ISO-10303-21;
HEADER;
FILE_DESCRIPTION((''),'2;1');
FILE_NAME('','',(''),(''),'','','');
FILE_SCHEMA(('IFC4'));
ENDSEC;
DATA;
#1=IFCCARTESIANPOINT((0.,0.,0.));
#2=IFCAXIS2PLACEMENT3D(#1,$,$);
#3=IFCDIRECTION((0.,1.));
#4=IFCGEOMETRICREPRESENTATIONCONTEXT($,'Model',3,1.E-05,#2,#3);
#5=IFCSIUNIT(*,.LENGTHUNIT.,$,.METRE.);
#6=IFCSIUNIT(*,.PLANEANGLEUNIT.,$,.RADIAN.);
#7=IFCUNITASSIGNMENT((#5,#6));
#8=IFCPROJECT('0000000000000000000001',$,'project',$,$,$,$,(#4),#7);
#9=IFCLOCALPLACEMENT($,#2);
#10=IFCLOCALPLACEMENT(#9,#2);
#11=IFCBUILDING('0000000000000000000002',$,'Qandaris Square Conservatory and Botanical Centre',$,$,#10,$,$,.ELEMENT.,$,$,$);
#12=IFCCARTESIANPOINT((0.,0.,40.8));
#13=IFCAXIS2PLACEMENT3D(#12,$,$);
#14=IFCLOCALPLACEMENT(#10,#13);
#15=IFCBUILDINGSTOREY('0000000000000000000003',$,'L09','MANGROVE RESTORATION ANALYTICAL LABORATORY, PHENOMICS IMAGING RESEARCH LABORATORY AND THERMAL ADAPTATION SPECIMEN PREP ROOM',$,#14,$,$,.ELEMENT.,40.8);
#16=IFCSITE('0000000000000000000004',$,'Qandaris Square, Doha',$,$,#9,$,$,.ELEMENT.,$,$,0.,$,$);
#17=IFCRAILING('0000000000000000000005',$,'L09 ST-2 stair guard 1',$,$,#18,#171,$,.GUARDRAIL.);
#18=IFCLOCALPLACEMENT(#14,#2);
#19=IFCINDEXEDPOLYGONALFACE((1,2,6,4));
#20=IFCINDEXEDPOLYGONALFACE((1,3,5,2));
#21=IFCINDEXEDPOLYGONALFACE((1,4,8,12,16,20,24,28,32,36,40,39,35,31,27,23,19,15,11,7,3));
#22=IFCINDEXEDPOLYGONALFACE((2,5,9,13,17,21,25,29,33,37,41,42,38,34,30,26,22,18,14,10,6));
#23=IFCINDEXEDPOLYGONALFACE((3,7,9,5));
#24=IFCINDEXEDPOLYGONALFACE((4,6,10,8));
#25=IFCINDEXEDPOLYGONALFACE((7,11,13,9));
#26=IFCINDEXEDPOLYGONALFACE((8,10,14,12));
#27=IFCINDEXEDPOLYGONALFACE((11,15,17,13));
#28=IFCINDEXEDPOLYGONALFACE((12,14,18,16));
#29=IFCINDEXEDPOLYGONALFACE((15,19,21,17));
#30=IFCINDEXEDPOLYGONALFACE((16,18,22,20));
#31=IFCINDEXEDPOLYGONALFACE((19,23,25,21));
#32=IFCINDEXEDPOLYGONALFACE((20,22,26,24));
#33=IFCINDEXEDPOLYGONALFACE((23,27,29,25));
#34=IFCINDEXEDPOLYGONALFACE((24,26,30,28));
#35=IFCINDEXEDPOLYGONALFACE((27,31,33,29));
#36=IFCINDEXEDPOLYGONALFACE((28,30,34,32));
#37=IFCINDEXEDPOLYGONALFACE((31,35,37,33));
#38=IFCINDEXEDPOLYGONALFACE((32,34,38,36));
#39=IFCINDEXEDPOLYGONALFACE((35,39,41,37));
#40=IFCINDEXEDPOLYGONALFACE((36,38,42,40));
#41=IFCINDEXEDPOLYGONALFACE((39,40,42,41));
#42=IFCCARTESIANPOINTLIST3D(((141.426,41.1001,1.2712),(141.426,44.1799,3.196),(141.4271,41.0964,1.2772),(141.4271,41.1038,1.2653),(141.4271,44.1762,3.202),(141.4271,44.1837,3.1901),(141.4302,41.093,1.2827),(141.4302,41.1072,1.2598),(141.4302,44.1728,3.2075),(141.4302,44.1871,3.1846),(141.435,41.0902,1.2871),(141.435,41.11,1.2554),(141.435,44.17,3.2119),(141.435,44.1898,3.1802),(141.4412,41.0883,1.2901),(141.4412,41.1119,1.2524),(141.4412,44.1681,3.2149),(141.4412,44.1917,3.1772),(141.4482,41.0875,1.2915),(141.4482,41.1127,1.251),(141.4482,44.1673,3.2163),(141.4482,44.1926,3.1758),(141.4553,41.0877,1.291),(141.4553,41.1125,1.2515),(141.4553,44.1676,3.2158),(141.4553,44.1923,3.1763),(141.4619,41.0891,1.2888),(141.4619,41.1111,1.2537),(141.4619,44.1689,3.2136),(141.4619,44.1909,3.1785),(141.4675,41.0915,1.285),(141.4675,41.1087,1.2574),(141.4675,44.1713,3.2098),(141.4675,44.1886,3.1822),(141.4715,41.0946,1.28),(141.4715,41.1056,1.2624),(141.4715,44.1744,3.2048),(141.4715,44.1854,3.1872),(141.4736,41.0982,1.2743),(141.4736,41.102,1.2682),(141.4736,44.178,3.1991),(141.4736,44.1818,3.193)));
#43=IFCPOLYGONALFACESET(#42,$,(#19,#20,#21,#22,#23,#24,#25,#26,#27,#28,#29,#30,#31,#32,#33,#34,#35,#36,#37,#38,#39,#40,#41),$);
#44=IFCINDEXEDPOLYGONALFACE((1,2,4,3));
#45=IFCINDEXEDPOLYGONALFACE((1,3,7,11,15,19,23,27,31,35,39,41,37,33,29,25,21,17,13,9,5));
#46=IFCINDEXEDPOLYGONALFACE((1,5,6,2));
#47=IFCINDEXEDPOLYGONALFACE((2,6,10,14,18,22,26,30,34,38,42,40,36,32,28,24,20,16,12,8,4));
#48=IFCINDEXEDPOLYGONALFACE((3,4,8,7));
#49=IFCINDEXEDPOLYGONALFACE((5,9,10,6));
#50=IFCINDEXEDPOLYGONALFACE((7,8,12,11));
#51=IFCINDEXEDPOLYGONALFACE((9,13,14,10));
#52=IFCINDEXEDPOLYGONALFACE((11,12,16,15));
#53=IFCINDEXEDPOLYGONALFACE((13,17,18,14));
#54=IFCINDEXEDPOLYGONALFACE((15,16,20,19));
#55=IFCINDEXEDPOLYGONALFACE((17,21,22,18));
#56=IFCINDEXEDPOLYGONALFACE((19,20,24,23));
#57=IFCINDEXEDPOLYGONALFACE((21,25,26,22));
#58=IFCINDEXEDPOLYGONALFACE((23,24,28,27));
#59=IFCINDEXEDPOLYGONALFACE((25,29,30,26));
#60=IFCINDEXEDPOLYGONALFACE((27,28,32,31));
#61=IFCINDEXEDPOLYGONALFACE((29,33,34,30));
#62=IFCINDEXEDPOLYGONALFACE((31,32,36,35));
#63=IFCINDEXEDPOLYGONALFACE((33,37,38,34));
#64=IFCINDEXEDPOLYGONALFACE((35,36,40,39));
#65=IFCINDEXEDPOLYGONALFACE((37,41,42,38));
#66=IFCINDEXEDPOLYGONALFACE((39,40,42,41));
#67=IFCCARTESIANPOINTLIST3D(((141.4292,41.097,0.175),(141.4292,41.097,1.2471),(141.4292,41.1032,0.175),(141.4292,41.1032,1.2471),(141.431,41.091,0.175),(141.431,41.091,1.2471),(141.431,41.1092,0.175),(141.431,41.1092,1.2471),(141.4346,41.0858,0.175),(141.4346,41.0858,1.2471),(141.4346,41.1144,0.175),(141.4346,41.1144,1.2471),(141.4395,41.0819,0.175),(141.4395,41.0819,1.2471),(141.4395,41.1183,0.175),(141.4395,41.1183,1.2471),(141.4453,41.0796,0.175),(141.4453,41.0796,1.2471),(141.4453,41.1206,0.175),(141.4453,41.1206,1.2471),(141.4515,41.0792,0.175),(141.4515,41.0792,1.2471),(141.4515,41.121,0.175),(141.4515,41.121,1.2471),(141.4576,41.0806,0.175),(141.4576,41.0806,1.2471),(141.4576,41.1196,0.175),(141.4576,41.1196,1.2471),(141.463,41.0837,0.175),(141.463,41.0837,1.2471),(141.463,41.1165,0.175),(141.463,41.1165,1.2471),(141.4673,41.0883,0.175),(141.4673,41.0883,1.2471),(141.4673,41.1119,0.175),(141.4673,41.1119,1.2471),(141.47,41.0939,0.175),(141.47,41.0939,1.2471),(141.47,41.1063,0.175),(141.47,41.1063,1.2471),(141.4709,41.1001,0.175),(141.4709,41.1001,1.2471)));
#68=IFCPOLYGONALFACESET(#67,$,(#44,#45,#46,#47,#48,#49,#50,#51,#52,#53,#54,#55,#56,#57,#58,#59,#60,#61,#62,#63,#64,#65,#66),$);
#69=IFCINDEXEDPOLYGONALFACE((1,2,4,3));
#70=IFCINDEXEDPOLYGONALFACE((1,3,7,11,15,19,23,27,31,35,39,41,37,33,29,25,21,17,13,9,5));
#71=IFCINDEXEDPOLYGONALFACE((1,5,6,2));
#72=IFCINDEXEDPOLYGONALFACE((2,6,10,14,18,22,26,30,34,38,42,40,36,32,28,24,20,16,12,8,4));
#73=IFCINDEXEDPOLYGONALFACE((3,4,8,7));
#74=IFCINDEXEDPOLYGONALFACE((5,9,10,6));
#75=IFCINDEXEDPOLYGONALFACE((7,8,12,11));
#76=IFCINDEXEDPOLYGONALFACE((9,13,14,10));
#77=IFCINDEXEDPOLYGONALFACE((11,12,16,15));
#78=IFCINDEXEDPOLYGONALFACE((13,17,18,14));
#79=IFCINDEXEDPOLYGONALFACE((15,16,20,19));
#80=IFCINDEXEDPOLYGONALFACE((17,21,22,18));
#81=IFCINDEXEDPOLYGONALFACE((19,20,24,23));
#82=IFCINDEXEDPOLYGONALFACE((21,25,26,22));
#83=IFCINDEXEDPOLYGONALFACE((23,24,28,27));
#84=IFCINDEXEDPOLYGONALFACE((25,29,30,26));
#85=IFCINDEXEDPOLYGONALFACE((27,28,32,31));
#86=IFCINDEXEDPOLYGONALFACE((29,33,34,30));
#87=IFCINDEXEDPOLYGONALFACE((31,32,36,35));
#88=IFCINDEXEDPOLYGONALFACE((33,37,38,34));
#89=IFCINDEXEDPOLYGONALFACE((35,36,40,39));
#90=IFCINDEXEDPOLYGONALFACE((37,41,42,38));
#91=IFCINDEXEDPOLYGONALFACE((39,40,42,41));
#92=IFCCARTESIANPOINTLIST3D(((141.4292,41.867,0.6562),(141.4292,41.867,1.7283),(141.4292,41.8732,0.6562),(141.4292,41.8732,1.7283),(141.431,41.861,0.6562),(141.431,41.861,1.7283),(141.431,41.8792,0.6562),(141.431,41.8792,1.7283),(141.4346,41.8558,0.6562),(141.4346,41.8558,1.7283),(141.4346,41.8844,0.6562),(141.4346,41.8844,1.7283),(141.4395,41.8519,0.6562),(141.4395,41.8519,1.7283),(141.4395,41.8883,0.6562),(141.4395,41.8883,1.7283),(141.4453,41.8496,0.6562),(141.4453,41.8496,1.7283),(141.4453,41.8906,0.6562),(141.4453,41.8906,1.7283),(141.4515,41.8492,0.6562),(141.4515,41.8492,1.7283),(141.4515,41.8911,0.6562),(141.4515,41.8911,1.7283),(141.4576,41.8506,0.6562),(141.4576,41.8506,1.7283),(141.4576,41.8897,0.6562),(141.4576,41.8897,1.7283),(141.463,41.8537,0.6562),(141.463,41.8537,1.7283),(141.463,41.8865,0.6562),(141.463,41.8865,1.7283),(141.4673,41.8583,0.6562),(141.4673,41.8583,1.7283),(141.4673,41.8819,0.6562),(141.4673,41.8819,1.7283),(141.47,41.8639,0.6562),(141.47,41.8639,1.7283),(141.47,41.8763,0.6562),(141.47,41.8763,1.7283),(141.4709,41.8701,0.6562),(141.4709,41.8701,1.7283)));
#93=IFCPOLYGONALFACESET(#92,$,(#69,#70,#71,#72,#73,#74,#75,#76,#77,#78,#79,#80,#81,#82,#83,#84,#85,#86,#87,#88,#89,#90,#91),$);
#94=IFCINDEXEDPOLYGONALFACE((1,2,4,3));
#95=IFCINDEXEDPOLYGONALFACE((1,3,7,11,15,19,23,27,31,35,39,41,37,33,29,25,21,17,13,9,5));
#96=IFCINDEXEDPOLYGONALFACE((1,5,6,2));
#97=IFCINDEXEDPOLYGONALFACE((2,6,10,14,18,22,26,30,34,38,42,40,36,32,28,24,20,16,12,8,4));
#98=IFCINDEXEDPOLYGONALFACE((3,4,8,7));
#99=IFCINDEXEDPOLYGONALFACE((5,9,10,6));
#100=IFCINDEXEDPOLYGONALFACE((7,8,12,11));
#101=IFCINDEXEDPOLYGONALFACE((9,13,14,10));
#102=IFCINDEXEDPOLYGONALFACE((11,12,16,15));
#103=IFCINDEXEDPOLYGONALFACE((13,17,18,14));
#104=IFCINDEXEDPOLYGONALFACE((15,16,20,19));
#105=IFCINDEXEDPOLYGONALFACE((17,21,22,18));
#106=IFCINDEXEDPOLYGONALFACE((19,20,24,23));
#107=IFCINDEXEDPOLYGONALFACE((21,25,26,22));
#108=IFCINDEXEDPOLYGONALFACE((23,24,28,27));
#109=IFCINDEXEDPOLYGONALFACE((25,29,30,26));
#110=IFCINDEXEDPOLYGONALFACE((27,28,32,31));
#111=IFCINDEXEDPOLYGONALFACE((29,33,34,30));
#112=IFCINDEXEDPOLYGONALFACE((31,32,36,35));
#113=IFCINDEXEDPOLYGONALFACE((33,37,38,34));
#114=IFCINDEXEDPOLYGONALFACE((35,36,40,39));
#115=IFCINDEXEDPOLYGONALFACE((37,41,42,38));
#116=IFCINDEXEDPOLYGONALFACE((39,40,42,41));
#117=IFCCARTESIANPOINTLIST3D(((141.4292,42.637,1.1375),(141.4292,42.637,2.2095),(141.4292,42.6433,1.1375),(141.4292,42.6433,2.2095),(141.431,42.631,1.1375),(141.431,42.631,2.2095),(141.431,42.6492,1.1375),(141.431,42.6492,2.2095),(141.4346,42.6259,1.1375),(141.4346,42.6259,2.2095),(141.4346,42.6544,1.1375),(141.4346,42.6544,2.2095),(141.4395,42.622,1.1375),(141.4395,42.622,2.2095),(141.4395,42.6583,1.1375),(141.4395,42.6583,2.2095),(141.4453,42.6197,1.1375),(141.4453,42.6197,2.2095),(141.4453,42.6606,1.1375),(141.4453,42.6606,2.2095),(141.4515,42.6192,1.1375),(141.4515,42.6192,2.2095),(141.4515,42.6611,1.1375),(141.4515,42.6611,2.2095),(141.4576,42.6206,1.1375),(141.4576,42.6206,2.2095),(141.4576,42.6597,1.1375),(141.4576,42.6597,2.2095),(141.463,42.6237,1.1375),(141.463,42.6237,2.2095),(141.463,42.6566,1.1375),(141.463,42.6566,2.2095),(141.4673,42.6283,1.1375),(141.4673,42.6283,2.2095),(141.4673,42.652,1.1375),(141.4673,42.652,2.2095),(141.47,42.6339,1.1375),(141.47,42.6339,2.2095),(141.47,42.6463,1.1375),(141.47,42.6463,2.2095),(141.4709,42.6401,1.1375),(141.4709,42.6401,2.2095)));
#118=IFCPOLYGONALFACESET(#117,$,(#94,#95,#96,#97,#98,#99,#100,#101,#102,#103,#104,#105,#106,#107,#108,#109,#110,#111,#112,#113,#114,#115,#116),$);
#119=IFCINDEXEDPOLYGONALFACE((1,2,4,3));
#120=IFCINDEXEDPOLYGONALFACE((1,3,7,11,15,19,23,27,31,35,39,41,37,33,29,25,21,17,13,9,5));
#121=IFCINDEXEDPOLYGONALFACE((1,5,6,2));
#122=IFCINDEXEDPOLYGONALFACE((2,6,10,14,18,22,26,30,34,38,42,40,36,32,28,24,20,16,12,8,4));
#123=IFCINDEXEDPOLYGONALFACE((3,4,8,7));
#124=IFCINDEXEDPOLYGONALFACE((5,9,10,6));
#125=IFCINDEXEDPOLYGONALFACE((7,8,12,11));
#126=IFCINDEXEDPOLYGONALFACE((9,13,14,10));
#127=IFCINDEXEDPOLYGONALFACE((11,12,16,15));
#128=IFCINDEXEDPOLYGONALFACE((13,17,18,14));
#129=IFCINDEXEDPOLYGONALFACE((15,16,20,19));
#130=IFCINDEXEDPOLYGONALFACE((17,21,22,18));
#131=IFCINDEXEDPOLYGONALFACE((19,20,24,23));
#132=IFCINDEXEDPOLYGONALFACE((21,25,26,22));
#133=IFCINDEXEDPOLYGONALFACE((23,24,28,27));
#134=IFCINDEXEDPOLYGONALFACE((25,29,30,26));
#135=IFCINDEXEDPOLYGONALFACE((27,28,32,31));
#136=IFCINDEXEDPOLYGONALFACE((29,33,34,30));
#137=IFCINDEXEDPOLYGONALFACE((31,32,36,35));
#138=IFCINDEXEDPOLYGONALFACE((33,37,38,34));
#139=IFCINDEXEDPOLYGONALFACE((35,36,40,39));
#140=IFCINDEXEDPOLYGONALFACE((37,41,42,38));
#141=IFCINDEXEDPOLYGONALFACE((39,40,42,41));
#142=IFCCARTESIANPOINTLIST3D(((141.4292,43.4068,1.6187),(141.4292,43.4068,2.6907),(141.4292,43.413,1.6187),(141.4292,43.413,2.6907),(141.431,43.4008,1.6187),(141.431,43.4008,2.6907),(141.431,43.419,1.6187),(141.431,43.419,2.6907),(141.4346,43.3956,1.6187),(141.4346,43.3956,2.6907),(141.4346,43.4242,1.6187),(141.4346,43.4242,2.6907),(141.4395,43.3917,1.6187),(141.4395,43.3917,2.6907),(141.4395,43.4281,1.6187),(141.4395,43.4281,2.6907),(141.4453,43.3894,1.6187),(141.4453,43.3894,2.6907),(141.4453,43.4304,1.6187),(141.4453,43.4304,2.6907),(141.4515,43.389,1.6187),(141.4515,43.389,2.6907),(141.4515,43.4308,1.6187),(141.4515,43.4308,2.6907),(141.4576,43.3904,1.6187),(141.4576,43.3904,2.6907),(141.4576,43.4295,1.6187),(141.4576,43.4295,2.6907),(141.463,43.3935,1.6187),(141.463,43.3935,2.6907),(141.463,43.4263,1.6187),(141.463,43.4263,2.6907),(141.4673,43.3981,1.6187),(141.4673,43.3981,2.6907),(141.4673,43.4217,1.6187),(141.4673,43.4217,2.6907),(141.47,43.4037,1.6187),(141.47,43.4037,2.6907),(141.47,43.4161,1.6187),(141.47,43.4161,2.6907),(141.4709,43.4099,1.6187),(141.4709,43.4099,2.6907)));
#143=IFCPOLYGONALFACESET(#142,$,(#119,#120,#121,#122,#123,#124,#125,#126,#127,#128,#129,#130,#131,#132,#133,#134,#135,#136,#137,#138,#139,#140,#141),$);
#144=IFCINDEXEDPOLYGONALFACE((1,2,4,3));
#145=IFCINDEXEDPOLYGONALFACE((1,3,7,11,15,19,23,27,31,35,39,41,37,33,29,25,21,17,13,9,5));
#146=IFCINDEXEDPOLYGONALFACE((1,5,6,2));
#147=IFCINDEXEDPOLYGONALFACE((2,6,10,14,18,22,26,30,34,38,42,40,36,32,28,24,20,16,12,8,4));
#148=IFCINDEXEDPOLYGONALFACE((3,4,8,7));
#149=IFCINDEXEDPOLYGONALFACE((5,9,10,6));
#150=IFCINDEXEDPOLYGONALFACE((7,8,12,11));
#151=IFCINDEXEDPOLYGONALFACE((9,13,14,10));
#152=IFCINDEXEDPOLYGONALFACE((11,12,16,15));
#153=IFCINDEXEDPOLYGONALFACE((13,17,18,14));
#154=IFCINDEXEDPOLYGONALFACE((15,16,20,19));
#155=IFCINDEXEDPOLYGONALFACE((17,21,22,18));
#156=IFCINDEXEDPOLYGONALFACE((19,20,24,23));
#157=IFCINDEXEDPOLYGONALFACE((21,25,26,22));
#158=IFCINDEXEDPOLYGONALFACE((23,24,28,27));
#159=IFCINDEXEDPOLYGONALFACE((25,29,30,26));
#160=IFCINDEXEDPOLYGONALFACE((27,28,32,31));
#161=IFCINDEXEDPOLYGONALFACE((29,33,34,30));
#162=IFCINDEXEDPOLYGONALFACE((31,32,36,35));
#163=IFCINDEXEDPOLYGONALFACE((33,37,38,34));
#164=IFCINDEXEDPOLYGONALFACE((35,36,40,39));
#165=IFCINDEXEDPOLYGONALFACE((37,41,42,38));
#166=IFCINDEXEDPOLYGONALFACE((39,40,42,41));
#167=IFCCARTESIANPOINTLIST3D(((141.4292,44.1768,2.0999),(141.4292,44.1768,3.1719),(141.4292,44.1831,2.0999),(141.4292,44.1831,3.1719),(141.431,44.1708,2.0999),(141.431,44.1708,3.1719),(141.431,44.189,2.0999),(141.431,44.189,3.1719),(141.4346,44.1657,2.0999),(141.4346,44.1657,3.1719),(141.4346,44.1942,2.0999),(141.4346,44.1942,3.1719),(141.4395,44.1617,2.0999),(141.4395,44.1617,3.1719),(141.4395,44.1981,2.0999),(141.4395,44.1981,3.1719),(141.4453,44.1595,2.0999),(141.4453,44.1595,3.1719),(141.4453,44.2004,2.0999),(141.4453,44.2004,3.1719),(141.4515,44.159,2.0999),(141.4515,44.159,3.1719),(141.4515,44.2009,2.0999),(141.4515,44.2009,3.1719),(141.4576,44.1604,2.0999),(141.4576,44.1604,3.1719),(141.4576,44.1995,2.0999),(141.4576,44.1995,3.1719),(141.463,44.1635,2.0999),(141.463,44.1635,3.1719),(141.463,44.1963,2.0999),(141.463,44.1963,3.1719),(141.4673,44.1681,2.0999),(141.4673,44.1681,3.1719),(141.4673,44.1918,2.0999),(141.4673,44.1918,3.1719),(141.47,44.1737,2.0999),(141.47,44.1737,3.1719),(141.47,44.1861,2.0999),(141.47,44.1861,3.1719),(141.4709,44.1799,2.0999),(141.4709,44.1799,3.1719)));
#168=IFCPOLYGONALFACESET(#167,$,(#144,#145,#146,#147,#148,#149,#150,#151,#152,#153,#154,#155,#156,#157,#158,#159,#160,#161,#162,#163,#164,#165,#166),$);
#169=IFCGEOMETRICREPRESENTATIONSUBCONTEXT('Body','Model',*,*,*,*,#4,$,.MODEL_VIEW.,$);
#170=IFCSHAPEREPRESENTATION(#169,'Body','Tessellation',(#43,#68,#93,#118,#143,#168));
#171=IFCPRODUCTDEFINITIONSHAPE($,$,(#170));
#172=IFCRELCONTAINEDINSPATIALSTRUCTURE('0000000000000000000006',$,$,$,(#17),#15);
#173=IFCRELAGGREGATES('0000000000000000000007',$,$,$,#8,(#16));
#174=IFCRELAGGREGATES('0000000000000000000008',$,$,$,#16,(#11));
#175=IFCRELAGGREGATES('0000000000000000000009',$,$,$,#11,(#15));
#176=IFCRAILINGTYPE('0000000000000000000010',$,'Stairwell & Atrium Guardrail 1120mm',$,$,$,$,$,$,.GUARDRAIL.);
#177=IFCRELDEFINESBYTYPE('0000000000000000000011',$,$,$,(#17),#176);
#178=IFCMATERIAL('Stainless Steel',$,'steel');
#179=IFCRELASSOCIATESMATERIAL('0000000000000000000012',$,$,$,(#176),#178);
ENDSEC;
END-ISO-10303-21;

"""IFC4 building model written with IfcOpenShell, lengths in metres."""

from ifc_helpers import new_model, si_unit, direction, frame, origin, origin_2d, place, context, subcontext, project, spatial, circle, extrude, material, type_object, element, save


model = new_model("IFC4")

# Units and contexts
model_context = context("Model", 3, precision=1e-05, world=origin(), true_north=direction((0.0, 1.0)))
body_context = subcontext(model_context, "Body", "Model", "MODEL_VIEW")
ifc_project = project(units=[si_unit("LENGTHUNIT", "METRE"), si_unit("PLANEANGLEUNIT", "RADIAN")], contexts=[model_context])

# Site, building, storey
site_placement = place(None, origin())
site = spatial("IfcSite", under=ifc_project, at=site_placement, Name="Qandaris Square, Doha", CompositionType="ELEMENT", RefElevation=0.0)
building_placement = place(site_placement, origin())
building = spatial("IfcBuilding", under=site, at=building_placement, Name="Qandaris Square Conservatory and Botanical Centre", CompositionType="ELEMENT")
storey_placement = place(building_placement, frame((0.0, 0.0, 40.8)))
storey = spatial("IfcBuildingStorey", under=building, at=storey_placement, Name="L09", Description="MANGROVE RESTORATION ANALYTICAL LABORATORY, PHENOMICS IMAGING RESEARCH LABORATORY AND THERMAL ADAPTATION SPECIMEN PREP ROOM", CompositionType="ELEMENT", Elevation=40.8)

# Railing
ifc_material_1 = material(Name="Stainless Steel", Category="steel")
railing_type_1 = type_object("IfcRailingType", Name="Stairwell & Atrium Guardrail 1120mm", PredefinedType="GUARDRAIL", material=ifc_material_1)
railing_1_placement = place(storey_placement, frame((141.45, 41.1001, 0.175)))
element("IfcRailing", 1, at=railing_1_placement, inside=storey, type_object=railing_type_1, Name="L09 ST-2 stair guard 1", PredefinedType="GUARDRAIL", context=body_context, shape_type="SweptSolid", body=[
    extrude(circle(Radius=0.0239, at=origin_2d()), frame((0.0, 0.0, 1.0962), z_axis=(0.0, 0.84801, 0.529981), x_axis=(-1.0, 0.0, 0.0)), (0.0, 0.0, 1.0), 3.6318),
    extrude(circle(Radius=0.021, at=origin_2d()), origin(), (0.0, 0.0, 1.0), 1.072),
    extrude(circle(Radius=0.021, at=origin_2d()), frame((0.0, 0.77, 0.4812)), (0.0, 0.0, 1.0), 1.072),
    extrude(circle(Radius=0.021, at=origin_2d()), frame((0.0, 1.54, 0.9624)), (0.0, 0.0, 1.0), 1.072),
    extrude(circle(Radius=0.021, at=origin_2d()), frame((0.0, 2.3098, 1.4436)), (0.0, 0.0, 1.0), 1.072),
    extrude(circle(Radius=0.021, at=origin_2d()), frame((0.0, 3.0798, 1.9248)), (0.0, 0.0, 1.0), 1.072),
])

save(model, "model.ifc")
